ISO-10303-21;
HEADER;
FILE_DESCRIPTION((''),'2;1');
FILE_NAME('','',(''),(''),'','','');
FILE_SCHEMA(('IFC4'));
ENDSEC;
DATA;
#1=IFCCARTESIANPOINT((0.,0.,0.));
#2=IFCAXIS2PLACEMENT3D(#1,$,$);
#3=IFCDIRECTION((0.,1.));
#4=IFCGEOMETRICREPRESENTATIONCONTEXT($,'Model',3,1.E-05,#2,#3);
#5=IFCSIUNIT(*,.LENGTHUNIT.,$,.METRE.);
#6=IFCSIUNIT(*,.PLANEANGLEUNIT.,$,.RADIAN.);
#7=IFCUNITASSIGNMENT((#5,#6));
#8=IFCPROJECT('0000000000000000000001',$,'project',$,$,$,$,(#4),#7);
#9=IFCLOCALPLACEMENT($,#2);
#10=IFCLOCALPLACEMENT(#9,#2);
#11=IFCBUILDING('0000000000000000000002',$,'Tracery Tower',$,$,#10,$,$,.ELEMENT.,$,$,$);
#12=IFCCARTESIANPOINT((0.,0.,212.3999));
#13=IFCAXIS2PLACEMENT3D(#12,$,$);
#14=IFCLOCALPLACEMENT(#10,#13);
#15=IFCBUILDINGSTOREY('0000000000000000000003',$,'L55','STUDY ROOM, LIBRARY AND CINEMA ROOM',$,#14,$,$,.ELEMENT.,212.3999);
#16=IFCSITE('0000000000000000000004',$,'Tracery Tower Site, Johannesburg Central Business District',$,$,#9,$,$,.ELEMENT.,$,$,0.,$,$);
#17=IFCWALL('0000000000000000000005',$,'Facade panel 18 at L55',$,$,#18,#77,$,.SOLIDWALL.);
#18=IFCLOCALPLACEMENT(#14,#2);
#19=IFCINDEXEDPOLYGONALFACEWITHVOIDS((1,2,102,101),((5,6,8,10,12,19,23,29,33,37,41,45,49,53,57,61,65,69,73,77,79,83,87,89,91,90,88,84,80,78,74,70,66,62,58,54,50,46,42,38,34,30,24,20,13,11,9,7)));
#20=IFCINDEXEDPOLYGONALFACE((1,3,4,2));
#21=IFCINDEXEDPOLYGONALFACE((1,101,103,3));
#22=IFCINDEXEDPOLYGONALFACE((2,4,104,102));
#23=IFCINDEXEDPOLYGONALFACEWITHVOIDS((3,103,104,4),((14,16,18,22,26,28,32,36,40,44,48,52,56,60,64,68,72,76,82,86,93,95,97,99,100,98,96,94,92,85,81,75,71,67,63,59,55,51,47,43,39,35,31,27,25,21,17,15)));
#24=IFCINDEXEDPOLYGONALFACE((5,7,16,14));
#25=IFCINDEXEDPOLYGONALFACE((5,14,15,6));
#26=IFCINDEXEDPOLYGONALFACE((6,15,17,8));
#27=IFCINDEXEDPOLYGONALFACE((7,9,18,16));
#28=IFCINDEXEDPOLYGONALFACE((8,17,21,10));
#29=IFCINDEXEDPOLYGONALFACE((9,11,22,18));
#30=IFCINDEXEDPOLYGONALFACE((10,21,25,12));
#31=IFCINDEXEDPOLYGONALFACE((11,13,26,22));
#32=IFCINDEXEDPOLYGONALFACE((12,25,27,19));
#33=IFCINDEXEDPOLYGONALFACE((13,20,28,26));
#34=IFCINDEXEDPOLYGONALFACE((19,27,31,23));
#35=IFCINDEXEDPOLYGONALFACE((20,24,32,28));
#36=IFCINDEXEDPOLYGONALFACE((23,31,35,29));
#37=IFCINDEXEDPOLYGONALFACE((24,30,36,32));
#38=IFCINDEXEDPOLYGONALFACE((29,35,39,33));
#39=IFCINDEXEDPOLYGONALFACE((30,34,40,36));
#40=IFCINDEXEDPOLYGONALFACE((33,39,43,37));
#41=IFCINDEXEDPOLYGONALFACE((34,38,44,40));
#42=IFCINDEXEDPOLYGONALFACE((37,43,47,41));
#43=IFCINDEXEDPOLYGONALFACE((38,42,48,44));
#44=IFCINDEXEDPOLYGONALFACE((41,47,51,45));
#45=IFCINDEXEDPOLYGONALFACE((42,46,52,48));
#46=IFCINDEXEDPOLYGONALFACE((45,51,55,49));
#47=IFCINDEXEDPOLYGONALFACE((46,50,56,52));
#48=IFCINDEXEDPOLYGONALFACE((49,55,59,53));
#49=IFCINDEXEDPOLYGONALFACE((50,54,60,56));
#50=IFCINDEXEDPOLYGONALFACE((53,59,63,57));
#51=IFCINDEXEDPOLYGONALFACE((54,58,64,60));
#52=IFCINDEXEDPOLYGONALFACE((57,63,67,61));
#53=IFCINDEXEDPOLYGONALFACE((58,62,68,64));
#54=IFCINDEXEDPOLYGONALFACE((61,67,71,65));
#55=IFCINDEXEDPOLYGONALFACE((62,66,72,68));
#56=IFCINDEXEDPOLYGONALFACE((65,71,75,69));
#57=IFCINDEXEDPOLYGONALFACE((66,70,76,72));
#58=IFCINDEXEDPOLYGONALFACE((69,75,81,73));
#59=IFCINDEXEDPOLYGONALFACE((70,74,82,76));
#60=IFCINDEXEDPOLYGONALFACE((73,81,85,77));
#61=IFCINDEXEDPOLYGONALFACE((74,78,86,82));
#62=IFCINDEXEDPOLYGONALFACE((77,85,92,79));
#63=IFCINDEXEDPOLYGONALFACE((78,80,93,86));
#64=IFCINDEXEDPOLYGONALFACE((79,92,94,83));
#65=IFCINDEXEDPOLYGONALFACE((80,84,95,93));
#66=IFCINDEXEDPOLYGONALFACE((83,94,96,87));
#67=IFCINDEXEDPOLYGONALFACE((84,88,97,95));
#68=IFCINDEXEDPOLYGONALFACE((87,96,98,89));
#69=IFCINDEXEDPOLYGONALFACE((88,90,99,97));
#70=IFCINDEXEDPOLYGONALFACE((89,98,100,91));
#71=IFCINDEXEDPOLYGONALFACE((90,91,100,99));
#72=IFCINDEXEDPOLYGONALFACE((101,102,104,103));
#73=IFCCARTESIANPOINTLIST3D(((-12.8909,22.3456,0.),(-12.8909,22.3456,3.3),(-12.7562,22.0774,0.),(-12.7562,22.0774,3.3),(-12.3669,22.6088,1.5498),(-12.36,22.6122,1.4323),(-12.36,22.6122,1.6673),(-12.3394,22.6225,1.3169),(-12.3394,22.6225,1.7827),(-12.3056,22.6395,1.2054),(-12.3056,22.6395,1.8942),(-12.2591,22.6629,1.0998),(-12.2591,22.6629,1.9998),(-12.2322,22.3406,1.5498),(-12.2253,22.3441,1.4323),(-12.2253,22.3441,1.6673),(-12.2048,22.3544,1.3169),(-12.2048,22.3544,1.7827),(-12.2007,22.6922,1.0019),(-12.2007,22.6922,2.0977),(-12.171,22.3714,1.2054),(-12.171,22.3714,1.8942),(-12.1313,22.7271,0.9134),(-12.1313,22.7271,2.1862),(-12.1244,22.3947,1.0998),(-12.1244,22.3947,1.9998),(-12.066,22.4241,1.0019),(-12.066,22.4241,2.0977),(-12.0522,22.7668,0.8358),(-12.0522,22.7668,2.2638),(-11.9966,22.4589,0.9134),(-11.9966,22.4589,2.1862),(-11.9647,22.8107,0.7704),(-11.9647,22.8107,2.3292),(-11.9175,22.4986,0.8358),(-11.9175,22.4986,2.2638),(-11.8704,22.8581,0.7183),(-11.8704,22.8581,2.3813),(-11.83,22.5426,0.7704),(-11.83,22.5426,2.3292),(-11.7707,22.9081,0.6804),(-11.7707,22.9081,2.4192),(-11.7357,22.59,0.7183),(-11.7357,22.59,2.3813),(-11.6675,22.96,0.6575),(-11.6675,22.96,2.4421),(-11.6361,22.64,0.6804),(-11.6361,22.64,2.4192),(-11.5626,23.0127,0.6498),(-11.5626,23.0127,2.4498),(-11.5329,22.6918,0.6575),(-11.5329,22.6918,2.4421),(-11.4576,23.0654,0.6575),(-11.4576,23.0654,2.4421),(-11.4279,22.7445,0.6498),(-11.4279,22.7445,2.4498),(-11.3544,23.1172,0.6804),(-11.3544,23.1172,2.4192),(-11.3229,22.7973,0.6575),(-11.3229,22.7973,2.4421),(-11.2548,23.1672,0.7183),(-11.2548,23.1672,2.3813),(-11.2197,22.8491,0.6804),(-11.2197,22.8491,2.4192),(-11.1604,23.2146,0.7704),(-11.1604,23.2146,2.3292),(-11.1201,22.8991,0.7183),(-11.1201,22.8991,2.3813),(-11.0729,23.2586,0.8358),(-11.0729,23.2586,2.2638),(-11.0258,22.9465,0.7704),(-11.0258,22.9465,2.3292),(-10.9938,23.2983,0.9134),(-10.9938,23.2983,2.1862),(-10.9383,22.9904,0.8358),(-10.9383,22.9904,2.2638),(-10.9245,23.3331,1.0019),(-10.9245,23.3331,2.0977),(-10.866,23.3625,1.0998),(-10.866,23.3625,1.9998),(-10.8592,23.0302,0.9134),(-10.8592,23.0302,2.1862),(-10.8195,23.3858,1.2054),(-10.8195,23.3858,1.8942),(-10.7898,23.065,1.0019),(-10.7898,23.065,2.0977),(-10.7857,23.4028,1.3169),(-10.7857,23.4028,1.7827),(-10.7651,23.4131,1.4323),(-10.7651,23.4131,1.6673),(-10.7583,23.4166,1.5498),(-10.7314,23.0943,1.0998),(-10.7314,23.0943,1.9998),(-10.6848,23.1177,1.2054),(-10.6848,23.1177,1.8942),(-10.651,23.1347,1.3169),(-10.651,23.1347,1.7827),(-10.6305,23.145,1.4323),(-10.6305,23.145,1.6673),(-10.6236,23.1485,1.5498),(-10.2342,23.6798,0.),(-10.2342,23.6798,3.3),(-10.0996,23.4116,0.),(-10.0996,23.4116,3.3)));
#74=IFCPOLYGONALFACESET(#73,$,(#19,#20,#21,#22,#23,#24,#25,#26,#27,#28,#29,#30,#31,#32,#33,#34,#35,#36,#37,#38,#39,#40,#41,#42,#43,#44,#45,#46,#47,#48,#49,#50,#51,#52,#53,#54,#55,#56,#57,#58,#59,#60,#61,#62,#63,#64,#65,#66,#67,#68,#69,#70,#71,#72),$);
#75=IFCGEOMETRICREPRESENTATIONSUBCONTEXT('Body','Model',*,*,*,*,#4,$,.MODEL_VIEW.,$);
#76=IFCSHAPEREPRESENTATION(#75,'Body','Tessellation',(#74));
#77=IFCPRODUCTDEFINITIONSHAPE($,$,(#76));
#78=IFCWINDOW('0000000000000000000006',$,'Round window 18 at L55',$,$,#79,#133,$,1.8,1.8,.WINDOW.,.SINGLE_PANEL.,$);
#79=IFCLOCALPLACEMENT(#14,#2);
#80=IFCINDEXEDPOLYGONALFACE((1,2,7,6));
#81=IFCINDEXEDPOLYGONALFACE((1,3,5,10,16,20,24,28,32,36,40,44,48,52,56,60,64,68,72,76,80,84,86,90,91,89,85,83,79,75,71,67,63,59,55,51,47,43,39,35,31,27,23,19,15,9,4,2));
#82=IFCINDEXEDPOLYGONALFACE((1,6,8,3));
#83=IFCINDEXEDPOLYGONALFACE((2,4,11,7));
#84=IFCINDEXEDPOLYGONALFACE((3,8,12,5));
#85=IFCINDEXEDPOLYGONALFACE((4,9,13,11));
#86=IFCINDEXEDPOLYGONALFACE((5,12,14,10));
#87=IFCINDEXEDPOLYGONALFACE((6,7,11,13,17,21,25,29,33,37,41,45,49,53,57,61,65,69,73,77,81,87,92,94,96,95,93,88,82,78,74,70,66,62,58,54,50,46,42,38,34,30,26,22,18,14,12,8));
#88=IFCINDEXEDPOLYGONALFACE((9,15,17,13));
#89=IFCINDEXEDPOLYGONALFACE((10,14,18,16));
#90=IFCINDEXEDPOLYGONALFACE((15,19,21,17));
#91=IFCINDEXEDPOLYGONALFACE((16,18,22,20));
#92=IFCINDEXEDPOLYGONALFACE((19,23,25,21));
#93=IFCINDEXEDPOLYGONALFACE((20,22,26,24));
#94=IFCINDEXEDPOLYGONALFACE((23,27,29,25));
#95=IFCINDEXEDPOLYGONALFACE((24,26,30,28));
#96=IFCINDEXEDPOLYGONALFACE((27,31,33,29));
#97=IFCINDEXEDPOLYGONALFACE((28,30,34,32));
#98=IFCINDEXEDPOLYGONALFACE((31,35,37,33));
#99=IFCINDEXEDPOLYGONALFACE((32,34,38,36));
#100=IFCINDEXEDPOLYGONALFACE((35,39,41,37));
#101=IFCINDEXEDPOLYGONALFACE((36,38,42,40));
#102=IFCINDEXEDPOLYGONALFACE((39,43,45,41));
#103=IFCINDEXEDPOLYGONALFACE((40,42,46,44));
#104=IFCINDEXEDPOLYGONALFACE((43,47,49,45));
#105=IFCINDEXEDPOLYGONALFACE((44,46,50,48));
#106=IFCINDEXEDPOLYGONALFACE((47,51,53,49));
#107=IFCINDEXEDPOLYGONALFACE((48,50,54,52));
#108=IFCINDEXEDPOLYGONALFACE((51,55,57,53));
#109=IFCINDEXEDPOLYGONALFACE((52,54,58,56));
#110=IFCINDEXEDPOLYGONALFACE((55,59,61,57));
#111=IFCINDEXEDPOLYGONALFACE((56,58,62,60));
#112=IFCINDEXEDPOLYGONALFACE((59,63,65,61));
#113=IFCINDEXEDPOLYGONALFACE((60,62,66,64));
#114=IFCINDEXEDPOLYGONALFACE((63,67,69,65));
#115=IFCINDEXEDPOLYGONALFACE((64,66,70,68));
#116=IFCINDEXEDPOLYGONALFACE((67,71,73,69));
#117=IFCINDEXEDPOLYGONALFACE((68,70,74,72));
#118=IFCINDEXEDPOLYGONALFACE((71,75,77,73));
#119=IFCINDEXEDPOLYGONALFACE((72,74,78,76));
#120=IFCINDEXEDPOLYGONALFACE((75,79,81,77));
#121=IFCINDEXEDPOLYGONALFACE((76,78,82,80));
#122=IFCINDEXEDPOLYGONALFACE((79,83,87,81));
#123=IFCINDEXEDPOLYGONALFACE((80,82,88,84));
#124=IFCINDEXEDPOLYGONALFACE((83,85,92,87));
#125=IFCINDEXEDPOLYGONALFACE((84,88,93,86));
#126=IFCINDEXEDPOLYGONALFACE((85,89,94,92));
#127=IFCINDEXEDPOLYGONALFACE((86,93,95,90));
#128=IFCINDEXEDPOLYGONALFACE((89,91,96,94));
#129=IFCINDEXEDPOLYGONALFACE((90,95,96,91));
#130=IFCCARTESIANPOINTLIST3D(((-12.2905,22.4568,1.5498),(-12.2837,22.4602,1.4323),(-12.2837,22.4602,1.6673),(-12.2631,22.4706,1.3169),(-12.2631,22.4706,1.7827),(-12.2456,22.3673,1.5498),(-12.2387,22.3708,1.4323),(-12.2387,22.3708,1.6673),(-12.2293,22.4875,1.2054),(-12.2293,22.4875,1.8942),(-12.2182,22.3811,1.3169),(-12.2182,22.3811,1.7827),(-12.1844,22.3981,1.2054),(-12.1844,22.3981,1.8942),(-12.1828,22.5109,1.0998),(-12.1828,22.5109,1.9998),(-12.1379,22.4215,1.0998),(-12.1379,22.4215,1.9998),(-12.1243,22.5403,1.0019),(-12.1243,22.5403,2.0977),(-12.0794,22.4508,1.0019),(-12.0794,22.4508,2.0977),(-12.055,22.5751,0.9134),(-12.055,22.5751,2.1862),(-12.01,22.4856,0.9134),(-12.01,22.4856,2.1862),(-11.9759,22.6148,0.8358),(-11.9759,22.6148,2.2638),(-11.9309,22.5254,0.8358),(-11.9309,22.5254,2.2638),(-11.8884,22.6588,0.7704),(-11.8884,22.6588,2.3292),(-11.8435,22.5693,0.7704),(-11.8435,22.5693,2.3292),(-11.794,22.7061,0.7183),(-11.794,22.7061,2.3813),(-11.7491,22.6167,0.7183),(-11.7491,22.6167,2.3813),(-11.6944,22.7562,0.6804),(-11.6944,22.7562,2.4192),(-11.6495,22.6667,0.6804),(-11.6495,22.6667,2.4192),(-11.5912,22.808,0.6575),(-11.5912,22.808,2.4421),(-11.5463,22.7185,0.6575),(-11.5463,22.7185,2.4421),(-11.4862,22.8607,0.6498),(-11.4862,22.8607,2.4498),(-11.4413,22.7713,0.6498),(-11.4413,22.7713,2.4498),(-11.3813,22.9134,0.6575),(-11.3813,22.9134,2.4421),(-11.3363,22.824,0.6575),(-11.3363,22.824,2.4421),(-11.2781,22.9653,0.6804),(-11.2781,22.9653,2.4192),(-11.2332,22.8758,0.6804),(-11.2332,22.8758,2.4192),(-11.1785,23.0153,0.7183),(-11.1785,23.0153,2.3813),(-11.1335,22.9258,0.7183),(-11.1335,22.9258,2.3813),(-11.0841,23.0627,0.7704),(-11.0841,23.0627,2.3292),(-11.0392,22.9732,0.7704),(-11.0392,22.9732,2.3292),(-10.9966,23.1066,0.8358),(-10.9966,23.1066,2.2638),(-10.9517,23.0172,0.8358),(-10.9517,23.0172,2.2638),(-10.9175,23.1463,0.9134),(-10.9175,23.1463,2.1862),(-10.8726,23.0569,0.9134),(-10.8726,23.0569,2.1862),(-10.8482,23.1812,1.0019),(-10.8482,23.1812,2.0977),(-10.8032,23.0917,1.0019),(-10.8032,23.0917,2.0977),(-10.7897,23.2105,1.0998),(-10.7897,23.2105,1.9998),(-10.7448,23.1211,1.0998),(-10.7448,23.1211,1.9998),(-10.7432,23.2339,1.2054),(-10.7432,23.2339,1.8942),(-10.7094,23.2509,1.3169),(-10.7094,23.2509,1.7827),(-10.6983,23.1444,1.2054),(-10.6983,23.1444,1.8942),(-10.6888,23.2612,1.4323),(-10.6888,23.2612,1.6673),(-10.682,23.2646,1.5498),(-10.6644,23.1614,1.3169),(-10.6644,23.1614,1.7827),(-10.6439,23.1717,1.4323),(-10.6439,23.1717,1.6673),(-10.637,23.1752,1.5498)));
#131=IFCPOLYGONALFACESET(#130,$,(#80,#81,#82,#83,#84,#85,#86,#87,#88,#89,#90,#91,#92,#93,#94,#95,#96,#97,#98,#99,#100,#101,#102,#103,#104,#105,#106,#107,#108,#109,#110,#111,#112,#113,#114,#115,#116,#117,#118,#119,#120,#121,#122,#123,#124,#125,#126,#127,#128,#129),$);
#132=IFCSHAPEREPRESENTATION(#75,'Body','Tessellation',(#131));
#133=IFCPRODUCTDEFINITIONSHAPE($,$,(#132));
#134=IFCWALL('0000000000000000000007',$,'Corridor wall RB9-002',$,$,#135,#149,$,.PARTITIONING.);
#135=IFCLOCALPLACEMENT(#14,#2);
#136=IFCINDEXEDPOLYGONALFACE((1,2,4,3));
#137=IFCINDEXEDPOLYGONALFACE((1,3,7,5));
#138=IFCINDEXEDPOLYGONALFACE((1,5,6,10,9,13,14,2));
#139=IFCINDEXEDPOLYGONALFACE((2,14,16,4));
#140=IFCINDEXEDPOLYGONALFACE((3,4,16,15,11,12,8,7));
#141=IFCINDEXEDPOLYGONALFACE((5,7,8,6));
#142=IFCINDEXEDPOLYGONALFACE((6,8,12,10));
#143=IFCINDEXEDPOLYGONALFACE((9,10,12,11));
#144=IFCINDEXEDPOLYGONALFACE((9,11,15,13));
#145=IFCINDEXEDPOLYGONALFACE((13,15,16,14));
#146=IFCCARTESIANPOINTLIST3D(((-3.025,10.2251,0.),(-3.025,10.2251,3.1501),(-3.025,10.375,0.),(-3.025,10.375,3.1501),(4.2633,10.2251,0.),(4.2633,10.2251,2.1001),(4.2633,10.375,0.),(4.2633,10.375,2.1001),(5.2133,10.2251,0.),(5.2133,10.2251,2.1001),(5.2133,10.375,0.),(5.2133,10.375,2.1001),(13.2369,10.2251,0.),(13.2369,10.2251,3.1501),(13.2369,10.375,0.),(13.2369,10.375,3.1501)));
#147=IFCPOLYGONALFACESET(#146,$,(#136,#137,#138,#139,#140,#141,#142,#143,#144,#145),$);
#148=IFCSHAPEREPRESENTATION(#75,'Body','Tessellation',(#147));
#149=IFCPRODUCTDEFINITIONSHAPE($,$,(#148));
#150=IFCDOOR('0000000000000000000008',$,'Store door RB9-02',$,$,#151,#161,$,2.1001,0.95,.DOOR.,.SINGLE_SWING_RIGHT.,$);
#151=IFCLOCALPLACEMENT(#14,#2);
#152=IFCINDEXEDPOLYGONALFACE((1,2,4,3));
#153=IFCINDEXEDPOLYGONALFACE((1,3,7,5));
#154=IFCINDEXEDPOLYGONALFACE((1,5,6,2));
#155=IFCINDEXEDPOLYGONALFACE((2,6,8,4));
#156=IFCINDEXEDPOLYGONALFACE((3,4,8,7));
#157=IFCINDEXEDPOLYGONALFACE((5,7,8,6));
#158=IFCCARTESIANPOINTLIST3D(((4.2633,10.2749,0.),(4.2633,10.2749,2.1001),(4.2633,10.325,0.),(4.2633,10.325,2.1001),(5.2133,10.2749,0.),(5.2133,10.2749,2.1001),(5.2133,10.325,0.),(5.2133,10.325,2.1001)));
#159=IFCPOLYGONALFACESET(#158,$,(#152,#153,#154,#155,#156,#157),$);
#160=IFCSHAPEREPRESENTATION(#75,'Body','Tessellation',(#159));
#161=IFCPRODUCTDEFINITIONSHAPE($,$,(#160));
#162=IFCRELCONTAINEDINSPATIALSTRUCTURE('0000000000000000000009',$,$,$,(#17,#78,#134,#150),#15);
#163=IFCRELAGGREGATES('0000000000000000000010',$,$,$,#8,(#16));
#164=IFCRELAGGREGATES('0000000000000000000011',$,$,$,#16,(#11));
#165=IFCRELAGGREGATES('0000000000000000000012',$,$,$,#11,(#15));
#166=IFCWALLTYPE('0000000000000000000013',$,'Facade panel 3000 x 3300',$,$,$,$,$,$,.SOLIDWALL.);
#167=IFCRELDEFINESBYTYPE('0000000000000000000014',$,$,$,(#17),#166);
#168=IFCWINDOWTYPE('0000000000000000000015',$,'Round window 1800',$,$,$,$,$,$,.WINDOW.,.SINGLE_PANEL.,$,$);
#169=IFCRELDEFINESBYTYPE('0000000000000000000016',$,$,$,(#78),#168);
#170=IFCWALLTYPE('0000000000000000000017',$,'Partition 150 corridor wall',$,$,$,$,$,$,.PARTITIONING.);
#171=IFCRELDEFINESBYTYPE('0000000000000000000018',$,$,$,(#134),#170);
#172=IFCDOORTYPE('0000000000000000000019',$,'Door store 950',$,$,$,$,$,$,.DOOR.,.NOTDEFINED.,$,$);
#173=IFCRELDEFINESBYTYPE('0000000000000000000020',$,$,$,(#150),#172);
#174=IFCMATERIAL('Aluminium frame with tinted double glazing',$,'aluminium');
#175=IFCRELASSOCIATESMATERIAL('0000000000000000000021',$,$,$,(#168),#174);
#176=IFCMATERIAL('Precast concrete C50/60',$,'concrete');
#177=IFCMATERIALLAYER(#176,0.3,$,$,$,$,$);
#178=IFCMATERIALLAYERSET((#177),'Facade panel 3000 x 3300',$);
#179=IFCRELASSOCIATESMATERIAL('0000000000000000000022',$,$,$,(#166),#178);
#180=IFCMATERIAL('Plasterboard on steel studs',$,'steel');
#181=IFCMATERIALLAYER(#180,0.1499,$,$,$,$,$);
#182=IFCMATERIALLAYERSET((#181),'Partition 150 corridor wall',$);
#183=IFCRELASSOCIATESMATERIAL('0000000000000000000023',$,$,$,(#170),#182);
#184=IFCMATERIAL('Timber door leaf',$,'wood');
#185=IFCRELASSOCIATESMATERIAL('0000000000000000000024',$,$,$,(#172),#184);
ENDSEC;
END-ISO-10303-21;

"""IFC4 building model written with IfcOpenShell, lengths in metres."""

from ifc_helpers import new_model, si_unit, direction, frame, frame_2d, origin, origin_2d, place, context, subcontext, project, spatial, rectangle, circle, extrude, material, layer, layer_set, type_object, element, fill, save


model = new_model("IFC4")

# Units and contexts
model_context = context("Model", 3, precision=1e-05, world=origin(), true_north=direction((0.0, 1.0)))
body_context = subcontext(model_context, "Body", "Model", "MODEL_VIEW")
ifc_project = project(units=[si_unit("LENGTHUNIT", "METRE"), si_unit("PLANEANGLEUNIT", "RADIAN")], contexts=[model_context])

# Site, building, storey
site_placement = place(None, origin())
site = spatial("IfcSite", under=ifc_project, at=site_placement, Name="Tracery Tower Site, Johannesburg Central Business District", CompositionType="ELEMENT", RefElevation=0.0)
building_placement = place(site_placement, origin())
building = spatial("IfcBuilding", under=site, at=building_placement, Name="Tracery Tower", CompositionType="ELEMENT")
storey_placement = place(building_placement, frame((0.0, 0.0, 212.3999)))
storey = spatial("IfcBuildingStorey", under=building, at=storey_placement, Name="L55", Description="STUDY ROOM, LIBRARY AND CINEMA ROOM", CompositionType="ELEMENT", Elevation=212.3999)

# Wall, opening, window
ifc_material_1 = material(Name="Aluminium frame with tinted double glazing", Category="aluminium")
window_type = type_object("IfcWindowType", Name="Round window 1800", PartitioningType="SINGLE_PANEL", PredefinedType="WINDOW", material=ifc_material_1)
ifc_material_2 = material(Name="Precast concrete C50/60", Category="concrete")
ifc_layer_1 = layer(ifc_material_2, 0.3)
ifc_layer_set_1 = layer_set([ifc_layer_1], Name="Facade panel 3000 x 3300")
wall_type_1 = type_object("IfcWallType", Name="Facade panel 3000 x 3300", PredefinedType="SOLIDWALL", material=ifc_layer_set_1)
wall_1_placement = place(storey_placement, frame((-10.167, 23.5457, 0.0), z_axis=(0.0, 0.0, 1.0), x_axis=(-0.893637, -0.44879, 0.0)))
wall_1 = element("IfcWall", 1, at=wall_1_placement, inside=storey, type_object=wall_type_1, Name="Facade panel 18 at L55", PredefinedType="SOLIDWALL", context=body_context, shape_type="SweptSolid", body=[
    extrude(rectangle(XDim=2.9729, YDim=0.3, at=frame_2d((1.4863, 0.0))), origin(), (0.0, 0.0, 1.0), 3.3),
])
opening_1_placement = place(wall_1_placement, frame((1.4863, 0.0, 1.5498)))
opening_1 = element("IfcOpeningElement", 2, at=opening_1_placement, cuts=wall_1, PredefinedType="OPENING", context=body_context, shape_type="SweptSolid", body=[
    extrude(circle(Radius=0.9, at=origin_2d()), frame((0.0, 0.1599, 0.0), z_axis=(0.0, -1.0, 0.0), x_axis=(1.0, 0.0, 0.0)), (0.0, 0.0, 1.0), 0.3201),
])
window_1_placement = place(opening_1_placement, origin())
window_1 = element("IfcWindow", 3, at=window_1_placement, inside=storey, type_object=window_type, Name="Round window 18 at L55", OverallHeight=1.8, OverallWidth=1.8, PartitioningType="SINGLE_PANEL", PredefinedType="WINDOW", context=body_context, shape_type="SweptSolid", body=[
    extrude(circle(Radius=0.9, at=origin_2d()), frame((0.0, 0.1201, 0.0), z_axis=(0.0, -1.0, 0.0), x_axis=(1.0, 0.0, 0.0)), (0.0, 0.0, 1.0), 0.1001),
])
fill(opening_1, window_1)

# Wall, opening, door
ifc_material_3 = material(Name="Plasterboard on steel studs", Category="steel")
ifc_layer_2 = layer(ifc_material_3, 0.1499)
ifc_layer_set_2 = layer_set([ifc_layer_2], Name="Partition 150 corridor wall")
wall_type_2 = type_object("IfcWallType", Name="Partition 150 corridor wall", PredefinedType="PARTITIONING", material=ifc_layer_set_2)
wall_2_placement = place(storey_placement, frame((-3.0249, 10.3, 0.0), z_axis=(0.0, 0.0, 1.0), x_axis=(1.0, 0.0, 0.0)))
wall_2 = element("IfcWall", 4, at=wall_2_placement, inside=storey, type_object=wall_type_2, Name="Corridor wall RB9-002", PredefinedType="PARTITIONING", context=body_context, shape_type="SweptSolid", body=[
    extrude(rectangle(XDim=16.262, YDim=0.1499, at=frame_2d((8.1309, 0.0))), origin(), (0.0, 0.0, 1.0), 3.1501),
])
opening_2_placement = place(wall_2_placement, frame((7.2881, 0.0, 0.0)))
opening_2 = element("IfcOpeningElement", 5, at=opening_2_placement, cuts=wall_2, PredefinedType="OPENING", context=body_context, shape_type="SweptSolid", body=[
    extrude(rectangle(XDim=0.95, YDim=2.1001, at=frame_2d((0.4751, 1.05))), frame((0.0, 0.075, 0.0), z_axis=(0.0, -1.0, 0.0), x_axis=(1.0, 0.0, 0.0)), (0.0, 0.0, 1.0), 0.1499),
])
ifc_material_4 = material(Name="Timber door leaf", Category="wood")
door_type_1 = type_object("IfcDoorType", Name="Door store 950", OperationType="NOTDEFINED", PredefinedType="DOOR", material=ifc_material_4)
door_1_placement = place(opening_2_placement, origin())
door_1 = element("IfcDoor", 6, at=door_1_placement, inside=storey, type_object=door_type_1, Name="Store door RB9-02", OperationType="SINGLE_SWING_RIGHT", OverallHeight=2.1001, OverallWidth=0.95, PredefinedType="DOOR", context=body_context, shape_type="SweptSolid", body=[
    extrude(rectangle(XDim=0.95, YDim=2.1001, at=frame_2d((0.4751, 1.05))), frame((0.0, 0.0249, 0.0), z_axis=(0.0, -1.0, 0.0), x_axis=(1.0, 0.0, 0.0)), (0.0, 0.0, 1.0), 0.05),
])
fill(opening_2, door_1)

save(model, "model.ifc")
